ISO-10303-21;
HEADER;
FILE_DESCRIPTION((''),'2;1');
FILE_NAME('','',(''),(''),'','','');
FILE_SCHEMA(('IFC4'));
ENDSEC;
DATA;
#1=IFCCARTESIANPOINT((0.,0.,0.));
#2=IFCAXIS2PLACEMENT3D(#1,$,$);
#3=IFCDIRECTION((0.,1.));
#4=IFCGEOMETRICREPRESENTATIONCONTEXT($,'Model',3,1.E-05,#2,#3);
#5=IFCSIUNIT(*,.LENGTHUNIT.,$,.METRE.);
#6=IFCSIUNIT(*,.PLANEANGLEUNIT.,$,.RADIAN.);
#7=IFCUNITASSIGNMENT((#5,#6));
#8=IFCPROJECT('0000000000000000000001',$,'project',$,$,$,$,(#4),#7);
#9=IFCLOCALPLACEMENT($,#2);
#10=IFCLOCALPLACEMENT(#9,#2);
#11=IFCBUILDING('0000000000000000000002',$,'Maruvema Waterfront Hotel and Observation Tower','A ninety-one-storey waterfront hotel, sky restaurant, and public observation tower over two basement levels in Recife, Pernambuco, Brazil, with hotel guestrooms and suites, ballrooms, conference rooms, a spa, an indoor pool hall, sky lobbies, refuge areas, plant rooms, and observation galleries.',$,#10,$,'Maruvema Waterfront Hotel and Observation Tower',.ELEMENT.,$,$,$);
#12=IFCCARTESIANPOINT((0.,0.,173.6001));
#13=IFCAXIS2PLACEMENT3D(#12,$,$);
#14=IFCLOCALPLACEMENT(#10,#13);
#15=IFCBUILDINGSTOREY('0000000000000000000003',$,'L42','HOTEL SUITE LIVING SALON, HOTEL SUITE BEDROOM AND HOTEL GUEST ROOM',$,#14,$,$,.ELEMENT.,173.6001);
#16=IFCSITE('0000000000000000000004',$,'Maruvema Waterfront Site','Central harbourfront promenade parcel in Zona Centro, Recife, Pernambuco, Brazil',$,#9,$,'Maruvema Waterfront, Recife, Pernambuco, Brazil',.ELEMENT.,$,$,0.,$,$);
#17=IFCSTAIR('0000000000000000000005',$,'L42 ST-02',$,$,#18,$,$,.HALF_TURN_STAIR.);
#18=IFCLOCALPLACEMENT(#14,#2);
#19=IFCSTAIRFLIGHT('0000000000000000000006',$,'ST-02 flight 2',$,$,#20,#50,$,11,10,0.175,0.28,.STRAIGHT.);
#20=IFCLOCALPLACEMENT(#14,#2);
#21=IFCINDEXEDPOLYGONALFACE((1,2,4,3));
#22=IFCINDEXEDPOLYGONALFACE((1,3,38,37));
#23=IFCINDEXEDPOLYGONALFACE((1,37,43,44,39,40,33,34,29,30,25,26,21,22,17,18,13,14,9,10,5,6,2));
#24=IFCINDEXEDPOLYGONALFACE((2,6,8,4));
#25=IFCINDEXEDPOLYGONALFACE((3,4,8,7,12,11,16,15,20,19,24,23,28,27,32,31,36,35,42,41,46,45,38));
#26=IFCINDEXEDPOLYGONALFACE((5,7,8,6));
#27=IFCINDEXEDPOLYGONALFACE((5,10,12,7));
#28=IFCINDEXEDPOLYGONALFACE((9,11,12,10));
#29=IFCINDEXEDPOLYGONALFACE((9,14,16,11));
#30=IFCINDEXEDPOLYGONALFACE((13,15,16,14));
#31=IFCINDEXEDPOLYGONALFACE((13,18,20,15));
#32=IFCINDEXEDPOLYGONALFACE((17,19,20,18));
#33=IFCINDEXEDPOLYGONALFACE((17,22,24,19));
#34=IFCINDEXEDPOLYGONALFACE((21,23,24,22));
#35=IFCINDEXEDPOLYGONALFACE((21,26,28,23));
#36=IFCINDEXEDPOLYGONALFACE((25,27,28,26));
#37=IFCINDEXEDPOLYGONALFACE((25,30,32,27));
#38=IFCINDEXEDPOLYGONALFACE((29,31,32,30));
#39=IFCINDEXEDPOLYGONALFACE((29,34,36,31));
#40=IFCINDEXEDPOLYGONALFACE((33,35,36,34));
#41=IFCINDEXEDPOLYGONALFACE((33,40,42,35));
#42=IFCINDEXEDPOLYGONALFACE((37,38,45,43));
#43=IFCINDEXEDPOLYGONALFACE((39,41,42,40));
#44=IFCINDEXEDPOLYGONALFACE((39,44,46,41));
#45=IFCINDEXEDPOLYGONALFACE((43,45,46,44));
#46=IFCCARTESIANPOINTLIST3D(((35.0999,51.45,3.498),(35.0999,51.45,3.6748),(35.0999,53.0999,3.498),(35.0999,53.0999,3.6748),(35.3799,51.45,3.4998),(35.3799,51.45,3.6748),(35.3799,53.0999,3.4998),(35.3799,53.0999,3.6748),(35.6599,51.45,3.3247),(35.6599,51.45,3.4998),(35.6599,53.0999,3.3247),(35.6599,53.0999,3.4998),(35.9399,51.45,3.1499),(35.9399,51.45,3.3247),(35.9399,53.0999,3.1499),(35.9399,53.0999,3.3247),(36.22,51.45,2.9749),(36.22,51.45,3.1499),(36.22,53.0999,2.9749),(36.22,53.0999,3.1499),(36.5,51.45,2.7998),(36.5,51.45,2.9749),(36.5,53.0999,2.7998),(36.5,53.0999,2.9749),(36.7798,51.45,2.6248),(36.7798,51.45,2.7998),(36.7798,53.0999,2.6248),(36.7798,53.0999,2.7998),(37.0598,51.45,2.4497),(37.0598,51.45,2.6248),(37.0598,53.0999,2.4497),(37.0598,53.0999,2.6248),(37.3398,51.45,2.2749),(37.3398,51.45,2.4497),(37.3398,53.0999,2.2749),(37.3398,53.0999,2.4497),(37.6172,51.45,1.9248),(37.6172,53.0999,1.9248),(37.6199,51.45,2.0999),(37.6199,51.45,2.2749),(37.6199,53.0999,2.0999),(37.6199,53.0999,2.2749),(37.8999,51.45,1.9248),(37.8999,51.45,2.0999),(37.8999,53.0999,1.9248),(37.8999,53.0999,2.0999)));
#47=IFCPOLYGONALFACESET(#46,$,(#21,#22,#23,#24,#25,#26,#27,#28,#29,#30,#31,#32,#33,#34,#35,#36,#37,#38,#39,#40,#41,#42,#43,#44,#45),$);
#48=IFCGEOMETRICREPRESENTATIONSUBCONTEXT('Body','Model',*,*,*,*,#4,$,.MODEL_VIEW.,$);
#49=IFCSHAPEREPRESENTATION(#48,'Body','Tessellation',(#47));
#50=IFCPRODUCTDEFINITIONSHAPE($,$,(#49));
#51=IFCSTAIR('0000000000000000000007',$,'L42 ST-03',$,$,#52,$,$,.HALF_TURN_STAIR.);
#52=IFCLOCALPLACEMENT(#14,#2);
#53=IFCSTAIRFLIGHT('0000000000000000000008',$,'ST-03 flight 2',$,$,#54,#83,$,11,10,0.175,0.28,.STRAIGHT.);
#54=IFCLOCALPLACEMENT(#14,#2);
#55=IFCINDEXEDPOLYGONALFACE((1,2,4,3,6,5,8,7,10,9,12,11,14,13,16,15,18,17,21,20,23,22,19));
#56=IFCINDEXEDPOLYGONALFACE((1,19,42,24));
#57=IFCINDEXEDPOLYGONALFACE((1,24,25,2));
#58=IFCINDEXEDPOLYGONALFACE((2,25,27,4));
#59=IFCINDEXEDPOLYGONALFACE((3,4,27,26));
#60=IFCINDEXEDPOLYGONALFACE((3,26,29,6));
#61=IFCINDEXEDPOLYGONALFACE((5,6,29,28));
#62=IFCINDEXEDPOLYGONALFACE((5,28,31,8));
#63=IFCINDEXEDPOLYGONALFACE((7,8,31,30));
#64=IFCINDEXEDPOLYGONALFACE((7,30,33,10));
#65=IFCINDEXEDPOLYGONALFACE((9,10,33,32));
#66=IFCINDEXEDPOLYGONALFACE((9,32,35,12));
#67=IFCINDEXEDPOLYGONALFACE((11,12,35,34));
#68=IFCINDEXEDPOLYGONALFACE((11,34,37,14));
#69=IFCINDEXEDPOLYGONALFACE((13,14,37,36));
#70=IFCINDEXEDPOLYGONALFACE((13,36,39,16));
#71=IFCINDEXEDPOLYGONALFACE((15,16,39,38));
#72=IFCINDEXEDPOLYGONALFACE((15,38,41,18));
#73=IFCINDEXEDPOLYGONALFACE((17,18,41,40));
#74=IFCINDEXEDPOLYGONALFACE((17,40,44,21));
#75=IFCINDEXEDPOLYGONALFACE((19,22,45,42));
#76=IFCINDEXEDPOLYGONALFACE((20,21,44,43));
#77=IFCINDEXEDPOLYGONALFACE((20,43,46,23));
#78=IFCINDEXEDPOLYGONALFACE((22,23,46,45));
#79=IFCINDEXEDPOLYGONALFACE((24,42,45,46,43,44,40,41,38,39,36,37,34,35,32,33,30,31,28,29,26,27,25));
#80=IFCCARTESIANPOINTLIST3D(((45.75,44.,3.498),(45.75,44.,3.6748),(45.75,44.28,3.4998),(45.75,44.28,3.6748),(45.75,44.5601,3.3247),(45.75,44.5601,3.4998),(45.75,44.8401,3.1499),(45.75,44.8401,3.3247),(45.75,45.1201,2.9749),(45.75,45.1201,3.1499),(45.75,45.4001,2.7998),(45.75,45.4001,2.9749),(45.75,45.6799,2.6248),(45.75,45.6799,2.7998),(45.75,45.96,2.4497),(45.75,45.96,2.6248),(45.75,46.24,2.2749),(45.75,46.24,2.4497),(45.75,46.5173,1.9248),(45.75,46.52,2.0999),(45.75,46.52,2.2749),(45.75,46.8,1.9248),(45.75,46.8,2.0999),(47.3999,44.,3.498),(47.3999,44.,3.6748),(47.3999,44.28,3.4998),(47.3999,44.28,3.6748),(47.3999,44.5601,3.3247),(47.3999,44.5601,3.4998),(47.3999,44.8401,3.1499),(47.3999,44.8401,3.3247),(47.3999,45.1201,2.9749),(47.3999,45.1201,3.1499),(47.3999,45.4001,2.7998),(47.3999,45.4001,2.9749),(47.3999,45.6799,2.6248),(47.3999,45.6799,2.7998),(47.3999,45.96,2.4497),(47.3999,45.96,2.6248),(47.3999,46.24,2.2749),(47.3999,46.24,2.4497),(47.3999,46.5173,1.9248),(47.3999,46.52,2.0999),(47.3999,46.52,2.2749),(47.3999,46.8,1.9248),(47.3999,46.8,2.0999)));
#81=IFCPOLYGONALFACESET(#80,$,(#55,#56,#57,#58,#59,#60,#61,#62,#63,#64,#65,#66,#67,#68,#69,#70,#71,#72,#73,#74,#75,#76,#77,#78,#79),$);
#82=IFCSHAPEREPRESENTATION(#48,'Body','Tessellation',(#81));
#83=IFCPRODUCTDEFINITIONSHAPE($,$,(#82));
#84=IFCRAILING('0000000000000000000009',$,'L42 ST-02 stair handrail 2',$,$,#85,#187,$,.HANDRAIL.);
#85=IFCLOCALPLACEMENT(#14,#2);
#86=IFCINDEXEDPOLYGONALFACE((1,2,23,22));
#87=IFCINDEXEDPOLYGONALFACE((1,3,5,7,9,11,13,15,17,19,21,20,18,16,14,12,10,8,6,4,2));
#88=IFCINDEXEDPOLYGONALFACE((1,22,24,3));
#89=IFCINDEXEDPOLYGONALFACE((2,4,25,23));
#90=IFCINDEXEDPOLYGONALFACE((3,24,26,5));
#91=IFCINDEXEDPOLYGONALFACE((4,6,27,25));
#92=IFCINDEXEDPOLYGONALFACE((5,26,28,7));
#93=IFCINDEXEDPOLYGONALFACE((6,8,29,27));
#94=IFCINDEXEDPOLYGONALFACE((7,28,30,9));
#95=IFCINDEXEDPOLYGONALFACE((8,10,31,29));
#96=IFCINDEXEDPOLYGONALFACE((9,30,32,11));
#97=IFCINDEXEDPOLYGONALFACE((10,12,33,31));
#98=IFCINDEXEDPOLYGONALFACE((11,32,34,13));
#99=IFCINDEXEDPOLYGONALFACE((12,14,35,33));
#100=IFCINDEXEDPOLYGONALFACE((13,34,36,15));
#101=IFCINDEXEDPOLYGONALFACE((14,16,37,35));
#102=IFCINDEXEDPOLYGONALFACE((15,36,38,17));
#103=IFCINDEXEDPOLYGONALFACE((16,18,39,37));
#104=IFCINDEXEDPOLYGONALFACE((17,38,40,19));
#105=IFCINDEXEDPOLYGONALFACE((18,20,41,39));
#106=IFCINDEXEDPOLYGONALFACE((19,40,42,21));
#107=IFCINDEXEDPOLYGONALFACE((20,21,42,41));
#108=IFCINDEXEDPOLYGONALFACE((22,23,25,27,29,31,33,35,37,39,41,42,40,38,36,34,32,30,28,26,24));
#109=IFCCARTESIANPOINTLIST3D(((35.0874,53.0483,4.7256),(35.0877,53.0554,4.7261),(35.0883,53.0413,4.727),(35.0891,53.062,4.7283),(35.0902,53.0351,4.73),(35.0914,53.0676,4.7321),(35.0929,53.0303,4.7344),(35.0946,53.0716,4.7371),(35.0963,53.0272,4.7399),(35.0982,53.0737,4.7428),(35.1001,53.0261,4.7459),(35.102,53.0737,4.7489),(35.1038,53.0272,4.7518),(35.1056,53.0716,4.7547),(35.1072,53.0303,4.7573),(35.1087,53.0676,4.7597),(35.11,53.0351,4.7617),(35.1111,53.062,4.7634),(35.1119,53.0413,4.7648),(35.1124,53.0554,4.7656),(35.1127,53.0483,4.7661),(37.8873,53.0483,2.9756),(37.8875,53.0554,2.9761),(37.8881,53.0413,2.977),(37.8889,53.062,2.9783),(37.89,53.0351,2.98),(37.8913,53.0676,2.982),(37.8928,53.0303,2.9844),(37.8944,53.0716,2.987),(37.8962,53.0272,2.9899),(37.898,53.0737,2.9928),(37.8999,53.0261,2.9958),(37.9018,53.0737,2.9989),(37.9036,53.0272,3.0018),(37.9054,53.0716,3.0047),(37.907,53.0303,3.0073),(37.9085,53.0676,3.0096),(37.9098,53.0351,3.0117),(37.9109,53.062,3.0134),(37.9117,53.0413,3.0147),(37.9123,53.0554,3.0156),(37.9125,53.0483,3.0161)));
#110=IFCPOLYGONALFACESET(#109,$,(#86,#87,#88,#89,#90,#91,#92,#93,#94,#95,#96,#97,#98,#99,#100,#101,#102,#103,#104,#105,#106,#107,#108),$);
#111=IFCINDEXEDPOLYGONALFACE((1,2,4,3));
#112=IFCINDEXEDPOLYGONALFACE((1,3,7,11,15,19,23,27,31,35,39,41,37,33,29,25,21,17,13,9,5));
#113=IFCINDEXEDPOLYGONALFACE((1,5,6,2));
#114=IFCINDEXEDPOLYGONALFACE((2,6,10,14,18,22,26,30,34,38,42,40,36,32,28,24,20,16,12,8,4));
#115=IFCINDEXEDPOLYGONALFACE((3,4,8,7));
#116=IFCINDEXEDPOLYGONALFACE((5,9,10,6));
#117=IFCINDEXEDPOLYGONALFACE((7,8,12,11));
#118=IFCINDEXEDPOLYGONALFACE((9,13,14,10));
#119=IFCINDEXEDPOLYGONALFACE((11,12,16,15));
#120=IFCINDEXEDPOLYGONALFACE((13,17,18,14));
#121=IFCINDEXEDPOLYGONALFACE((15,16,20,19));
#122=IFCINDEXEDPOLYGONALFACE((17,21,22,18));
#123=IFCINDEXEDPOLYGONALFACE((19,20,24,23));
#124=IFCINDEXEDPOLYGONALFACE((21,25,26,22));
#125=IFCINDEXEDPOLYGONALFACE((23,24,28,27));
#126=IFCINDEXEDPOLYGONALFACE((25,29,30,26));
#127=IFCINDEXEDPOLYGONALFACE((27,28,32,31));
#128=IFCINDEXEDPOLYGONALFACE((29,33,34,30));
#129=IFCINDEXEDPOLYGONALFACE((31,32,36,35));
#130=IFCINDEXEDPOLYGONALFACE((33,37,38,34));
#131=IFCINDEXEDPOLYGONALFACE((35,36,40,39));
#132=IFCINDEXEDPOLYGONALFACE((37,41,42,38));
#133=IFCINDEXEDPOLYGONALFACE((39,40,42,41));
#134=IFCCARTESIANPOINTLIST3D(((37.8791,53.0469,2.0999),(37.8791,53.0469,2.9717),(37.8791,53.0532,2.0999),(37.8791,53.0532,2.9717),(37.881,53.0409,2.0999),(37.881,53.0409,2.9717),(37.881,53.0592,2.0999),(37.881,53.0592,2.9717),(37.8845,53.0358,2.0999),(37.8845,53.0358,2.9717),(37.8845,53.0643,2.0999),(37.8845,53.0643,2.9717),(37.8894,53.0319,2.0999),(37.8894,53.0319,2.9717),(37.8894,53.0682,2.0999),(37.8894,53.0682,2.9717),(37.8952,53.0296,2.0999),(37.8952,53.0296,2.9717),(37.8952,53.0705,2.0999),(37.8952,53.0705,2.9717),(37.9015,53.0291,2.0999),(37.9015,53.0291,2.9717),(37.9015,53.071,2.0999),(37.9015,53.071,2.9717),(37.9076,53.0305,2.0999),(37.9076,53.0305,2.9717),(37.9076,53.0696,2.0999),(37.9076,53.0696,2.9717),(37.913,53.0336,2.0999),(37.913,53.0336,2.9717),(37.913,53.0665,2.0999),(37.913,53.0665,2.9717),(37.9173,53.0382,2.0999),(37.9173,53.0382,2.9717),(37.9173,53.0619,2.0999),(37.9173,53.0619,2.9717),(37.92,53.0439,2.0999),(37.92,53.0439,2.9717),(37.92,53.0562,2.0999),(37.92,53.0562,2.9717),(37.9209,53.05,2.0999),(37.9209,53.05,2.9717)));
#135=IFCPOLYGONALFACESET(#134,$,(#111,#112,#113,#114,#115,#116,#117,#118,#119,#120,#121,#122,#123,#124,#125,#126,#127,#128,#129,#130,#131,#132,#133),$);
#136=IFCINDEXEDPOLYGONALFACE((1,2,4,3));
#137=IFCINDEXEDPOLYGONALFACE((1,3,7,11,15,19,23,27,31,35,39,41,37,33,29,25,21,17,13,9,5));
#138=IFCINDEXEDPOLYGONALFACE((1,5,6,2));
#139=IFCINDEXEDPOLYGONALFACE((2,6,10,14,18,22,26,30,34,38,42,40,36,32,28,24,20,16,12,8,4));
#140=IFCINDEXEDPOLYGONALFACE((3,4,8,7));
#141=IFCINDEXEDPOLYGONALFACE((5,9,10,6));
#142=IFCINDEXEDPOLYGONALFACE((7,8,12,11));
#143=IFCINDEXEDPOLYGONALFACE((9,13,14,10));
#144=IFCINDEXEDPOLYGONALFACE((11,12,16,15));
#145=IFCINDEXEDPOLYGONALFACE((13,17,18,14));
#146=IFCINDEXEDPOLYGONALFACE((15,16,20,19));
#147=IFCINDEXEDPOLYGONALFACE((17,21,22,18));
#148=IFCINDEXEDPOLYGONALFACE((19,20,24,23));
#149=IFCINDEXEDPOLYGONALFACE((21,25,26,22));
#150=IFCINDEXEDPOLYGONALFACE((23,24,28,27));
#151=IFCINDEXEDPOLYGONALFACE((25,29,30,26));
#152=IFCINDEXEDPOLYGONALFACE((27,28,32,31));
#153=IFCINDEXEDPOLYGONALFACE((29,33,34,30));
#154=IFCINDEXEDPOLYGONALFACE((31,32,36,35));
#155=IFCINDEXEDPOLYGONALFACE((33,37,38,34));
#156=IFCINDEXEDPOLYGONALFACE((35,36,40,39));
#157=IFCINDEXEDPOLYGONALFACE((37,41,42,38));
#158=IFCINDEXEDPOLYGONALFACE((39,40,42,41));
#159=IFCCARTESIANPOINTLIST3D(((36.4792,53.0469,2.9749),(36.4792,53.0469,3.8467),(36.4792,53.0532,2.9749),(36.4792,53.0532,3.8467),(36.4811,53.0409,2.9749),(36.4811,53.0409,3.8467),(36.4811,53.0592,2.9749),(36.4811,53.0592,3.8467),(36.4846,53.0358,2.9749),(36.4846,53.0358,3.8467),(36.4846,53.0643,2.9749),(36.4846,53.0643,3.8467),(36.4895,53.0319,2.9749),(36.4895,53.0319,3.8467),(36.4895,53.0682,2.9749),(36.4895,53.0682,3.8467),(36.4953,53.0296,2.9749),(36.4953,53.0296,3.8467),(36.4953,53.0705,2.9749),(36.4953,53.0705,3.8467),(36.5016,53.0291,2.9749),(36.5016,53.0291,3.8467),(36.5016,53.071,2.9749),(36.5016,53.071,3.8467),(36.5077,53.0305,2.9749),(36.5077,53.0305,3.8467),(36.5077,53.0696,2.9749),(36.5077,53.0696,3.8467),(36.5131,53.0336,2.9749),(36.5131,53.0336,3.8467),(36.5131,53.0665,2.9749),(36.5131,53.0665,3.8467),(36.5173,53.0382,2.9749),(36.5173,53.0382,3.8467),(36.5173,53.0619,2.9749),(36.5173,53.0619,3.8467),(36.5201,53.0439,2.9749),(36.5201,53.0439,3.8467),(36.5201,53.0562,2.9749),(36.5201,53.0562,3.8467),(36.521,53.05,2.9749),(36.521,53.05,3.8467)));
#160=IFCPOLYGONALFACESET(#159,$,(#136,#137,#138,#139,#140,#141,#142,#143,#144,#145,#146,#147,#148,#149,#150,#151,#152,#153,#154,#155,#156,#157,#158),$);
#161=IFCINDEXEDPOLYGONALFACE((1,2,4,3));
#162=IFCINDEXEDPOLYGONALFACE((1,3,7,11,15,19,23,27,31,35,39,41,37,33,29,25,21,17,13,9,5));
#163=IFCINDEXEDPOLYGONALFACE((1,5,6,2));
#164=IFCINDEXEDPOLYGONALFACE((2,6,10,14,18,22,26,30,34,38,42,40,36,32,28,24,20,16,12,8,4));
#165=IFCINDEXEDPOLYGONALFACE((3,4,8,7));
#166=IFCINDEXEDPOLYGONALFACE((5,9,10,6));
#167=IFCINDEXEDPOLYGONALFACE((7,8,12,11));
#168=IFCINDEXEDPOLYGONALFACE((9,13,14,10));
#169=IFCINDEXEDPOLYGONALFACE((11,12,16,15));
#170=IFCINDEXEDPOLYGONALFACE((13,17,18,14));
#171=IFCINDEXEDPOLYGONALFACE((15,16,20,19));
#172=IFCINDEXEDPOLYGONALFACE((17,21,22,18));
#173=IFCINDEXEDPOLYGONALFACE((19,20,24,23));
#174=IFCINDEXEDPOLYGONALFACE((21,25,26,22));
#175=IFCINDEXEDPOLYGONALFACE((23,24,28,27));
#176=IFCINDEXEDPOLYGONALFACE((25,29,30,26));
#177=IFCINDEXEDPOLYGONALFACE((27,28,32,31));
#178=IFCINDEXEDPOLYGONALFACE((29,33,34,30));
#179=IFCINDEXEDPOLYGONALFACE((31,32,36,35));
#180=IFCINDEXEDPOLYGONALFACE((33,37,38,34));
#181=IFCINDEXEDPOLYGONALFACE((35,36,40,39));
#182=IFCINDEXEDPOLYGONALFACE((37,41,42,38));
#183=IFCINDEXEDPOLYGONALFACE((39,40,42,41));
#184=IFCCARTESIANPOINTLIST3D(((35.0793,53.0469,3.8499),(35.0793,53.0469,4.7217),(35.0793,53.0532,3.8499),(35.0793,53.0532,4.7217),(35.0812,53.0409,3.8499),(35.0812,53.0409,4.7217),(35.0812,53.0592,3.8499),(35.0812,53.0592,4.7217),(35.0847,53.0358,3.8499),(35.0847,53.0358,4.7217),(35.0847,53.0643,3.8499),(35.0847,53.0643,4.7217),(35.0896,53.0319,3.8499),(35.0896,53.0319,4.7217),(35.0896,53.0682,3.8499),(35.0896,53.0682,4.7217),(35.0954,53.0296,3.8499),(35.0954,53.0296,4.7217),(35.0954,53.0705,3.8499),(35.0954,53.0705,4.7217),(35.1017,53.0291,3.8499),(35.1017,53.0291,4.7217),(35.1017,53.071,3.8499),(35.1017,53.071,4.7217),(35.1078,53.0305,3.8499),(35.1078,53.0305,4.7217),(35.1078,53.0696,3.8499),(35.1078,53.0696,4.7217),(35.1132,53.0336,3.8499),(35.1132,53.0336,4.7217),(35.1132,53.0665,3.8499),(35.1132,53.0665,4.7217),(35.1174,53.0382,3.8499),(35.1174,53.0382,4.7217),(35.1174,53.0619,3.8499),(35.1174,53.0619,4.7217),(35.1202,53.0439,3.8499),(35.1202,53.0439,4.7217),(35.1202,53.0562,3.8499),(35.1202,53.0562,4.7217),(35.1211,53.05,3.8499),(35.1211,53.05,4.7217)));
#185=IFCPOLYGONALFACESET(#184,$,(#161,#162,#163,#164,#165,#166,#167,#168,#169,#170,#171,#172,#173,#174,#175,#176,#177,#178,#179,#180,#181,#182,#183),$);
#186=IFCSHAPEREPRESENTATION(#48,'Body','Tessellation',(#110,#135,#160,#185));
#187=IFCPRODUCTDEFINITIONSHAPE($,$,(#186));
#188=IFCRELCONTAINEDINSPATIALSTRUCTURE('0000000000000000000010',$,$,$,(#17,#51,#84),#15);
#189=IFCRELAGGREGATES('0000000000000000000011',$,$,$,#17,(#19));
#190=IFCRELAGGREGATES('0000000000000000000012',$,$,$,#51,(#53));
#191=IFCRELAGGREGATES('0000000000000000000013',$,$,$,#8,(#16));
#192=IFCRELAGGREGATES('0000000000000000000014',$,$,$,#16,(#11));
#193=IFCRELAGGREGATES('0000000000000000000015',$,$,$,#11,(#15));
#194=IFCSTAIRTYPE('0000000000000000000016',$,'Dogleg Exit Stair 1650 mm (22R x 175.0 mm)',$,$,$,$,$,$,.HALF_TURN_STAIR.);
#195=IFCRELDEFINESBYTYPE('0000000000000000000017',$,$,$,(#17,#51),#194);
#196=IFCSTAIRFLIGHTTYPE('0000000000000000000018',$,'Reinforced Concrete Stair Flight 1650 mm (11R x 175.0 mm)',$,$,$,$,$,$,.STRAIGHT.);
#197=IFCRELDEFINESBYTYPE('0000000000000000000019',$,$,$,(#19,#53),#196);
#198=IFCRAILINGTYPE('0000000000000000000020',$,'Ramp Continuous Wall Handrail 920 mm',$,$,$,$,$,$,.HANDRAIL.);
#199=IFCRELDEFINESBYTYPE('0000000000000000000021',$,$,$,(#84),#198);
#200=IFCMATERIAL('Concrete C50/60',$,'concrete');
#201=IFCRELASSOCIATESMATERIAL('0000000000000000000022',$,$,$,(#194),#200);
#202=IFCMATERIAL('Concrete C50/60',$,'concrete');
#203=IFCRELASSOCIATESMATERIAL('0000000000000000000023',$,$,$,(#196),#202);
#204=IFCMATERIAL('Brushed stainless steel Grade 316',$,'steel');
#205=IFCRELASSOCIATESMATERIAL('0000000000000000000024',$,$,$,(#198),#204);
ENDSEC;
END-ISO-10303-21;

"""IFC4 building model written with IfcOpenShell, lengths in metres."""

from ifc_helpers import new_model, si_unit, direction, frame, origin, origin_2d, place, context, subcontext, project, spatial, polyline, circle, outline, extrude, material, type_object, element, aggregate, save


model = new_model("IFC4")

# Units and contexts
model_context = context("Model", 3, precision=1e-05, world=origin(), true_north=direction((0.0, 1.0)))
body_context = subcontext(model_context, "Body", "Model", "MODEL_VIEW")
ifc_project = project(units=[si_unit("LENGTHUNIT", "METRE"), si_unit("PLANEANGLEUNIT", "RADIAN")], contexts=[model_context])

# Site, building, storey
site_placement = place(None, origin())
site = spatial("IfcSite", under=ifc_project, at=site_placement, Name="Maruvema Waterfront Site", Description="Central harbourfront promenade parcel in Zona Centro, Recife, Pernambuco, Brazil", LongName="Maruvema Waterfront, Recife, Pernambuco, Brazil", CompositionType="ELEMENT", RefElevation=0.0)
building_placement = place(site_placement, origin())
building = spatial("IfcBuilding", under=site, at=building_placement, Name="Maruvema Waterfront Hotel and Observation Tower", Description="A ninety-one-storey waterfront hotel, sky restaurant, and public observation tower over two basement levels in Recife, Pernambuco, Brazil, with hotel guestrooms and suites, ballrooms, conference rooms, a spa, an indoor pool hall, sky lobbies, refuge areas, plant rooms, and observation galleries.", LongName="Maruvema Waterfront Hotel and Observation Tower", CompositionType="ELEMENT")
storey_placement = place(building_placement, frame((0.0, 0.0, 173.6001)))
storey = spatial("IfcBuildingStorey", under=building, at=storey_placement, Name="L42", Description="HOTEL SUITE LIVING SALON, HOTEL SUITE BEDROOM AND HOTEL GUEST ROOM", CompositionType="ELEMENT", Elevation=173.6001)

# Stairs, stair flights
ifc_material_1 = material(Name="Concrete C50/60", Category="concrete")
stair_type = type_object("IfcStairType", Name="Dogleg Exit Stair 1650 mm (22R x 175.0 mm)", PredefinedType="HALF_TURN_STAIR", material=ifc_material_1)
stair_1_placement = place(storey_placement, origin())
stair_1 = element("IfcStair", 1, at=stair_1_placement, inside=storey, type_object=stair_type, Name="L42 ST-02", PredefinedType="HALF_TURN_STAIR")
ifc_material_2 = material(Name="Concrete C50/60", Category="concrete")
stair_flight_type = type_object("IfcStairFlightType", Name="Reinforced Concrete Stair Flight 1650 mm (11R x 175.0 mm)", PredefinedType="STRAIGHT", material=ifc_material_2)
stair_flight_1_placement = place(storey_placement, frame((37.8999, 52.2749, 1.9248), z_axis=(0.0, 0.0, 1.0), x_axis=(-1.0, 0.0, 0.0)))
stair_flight_1 = element("IfcStairFlight", 2, at=stair_flight_1_placement, type_object=stair_flight_type, Name="ST-02 flight 2", NumberOfRisers=11, NumberOfTreads=10, PredefinedType="STRAIGHT", RiserHeight=0.175, TreadLength=0.28, context=body_context, shape_type="SweptSolid", body=[
    extrude(outline(polyline([(0.0, 0.0), (0.0, 0.175), (0.28, 0.175), (0.28, 0.3501), (0.5601, 0.3501), (0.5601, 0.5249), (0.8401, 0.5249), (0.8401, 0.7), (1.1201, 0.7), (1.1201, 0.875), (1.3999, 0.875), (1.3999, 1.05), (1.6799, 1.05), (1.6799, 1.2251), (1.96, 1.2251), (1.96, 1.3999), (2.24, 1.3999), (2.24, 1.575), (2.52, 1.575), (2.52, 1.75), (2.8, 1.75), (2.8, 1.925), (2.8, 1.5732), (0.2827, 0.0), (0.0, 0.0)])), frame((0.0, 0.825, 0.0), z_axis=(0.0, -1.0, 0.0), x_axis=(1.0, 0.0, 0.0)), (0.0, 0.0, 1.0), 1.6499),
])
aggregate(stair_1, [stair_flight_1])
stair_2_placement = place(storey_placement, origin())
stair_2 = element("IfcStair", 3, at=stair_2_placement, inside=storey, type_object=stair_type, Name="L42 ST-03", PredefinedType="HALF_TURN_STAIR")
stair_flight_2_placement = place(storey_placement, frame((46.575, 46.8, 1.9248), z_axis=(0.0, 0.0, 1.0), x_axis=(0.0, -1.0, 0.0)))
stair_flight_2 = element("IfcStairFlight", 4, at=stair_flight_2_placement, type_object=stair_flight_type, Name="ST-03 flight 2", NumberOfRisers=11, NumberOfTreads=10, PredefinedType="STRAIGHT", RiserHeight=0.175, TreadLength=0.28, context=body_context, shape_type="SweptSolid", body=[
    extrude(outline(polyline([(0.0, 0.0), (0.0, 0.175), (0.28, 0.175), (0.28, 0.3501), (0.5601, 0.3501), (0.5601, 0.5249), (0.8401, 0.5249), (0.8401, 0.7), (1.1201, 0.7), (1.1201, 0.875), (1.3999, 0.875), (1.3999, 1.05), (1.6799, 1.05), (1.6799, 1.2251), (1.96, 1.2251), (1.96, 1.3999), (2.24, 1.3999), (2.24, 1.575), (2.52, 1.575), (2.52, 1.75), (2.8, 1.75), (2.8, 1.925), (2.8, 1.5732), (0.2827, 0.0), (0.0, 0.0)])), frame((0.0, 0.825, 0.0), z_axis=(0.0, -1.0, 0.0), x_axis=(1.0, 0.0, 0.0)), (0.0, 0.0, 1.0), 1.6499),
])
aggregate(stair_2, [stair_flight_2])

# Railing
ifc_material_3 = material(Name="Brushed stainless steel Grade 316", Category="steel")
railing_type_1 = type_object("IfcRailingType", Name="Ramp Continuous Wall Handrail 920 mm", PredefinedType="HANDRAIL", material=ifc_material_3)
railing_1_placement = place(storey_placement, frame((37.8999, 53.05, 2.0999)))
element("IfcRailing", 5, at=railing_1_placement, inside=storey, type_object=railing_type_1, Name="L42 ST-02 stair handrail 2", PredefinedType="HANDRAIL", context=body_context, shape_type="SweptSolid", body=[
    extrude(circle(Radius=0.0239, at=origin_2d()), frame((0.0, 0.0, 0.896), z_axis=(-0.847982, 0.0, 0.530026), x_axis=(0.0, -1.0, 0.0)), (0.0, 0.0, 1.0), 3.3018),
    extrude(circle(Radius=0.021, at=origin_2d()), origin(), (0.0, 0.0, 1.0), 0.8718),
    extrude(circle(Radius=0.021, at=origin_2d()), frame((-1.3999, 0.0, 0.875)), (0.0, 0.0, 1.0), 0.8718),
    extrude(circle(Radius=0.021, at=origin_2d()), frame((-2.7998, 0.0, 1.75)), (0.0, 0.0, 1.0), 0.8718),
])

save(model, "model.ifc")
